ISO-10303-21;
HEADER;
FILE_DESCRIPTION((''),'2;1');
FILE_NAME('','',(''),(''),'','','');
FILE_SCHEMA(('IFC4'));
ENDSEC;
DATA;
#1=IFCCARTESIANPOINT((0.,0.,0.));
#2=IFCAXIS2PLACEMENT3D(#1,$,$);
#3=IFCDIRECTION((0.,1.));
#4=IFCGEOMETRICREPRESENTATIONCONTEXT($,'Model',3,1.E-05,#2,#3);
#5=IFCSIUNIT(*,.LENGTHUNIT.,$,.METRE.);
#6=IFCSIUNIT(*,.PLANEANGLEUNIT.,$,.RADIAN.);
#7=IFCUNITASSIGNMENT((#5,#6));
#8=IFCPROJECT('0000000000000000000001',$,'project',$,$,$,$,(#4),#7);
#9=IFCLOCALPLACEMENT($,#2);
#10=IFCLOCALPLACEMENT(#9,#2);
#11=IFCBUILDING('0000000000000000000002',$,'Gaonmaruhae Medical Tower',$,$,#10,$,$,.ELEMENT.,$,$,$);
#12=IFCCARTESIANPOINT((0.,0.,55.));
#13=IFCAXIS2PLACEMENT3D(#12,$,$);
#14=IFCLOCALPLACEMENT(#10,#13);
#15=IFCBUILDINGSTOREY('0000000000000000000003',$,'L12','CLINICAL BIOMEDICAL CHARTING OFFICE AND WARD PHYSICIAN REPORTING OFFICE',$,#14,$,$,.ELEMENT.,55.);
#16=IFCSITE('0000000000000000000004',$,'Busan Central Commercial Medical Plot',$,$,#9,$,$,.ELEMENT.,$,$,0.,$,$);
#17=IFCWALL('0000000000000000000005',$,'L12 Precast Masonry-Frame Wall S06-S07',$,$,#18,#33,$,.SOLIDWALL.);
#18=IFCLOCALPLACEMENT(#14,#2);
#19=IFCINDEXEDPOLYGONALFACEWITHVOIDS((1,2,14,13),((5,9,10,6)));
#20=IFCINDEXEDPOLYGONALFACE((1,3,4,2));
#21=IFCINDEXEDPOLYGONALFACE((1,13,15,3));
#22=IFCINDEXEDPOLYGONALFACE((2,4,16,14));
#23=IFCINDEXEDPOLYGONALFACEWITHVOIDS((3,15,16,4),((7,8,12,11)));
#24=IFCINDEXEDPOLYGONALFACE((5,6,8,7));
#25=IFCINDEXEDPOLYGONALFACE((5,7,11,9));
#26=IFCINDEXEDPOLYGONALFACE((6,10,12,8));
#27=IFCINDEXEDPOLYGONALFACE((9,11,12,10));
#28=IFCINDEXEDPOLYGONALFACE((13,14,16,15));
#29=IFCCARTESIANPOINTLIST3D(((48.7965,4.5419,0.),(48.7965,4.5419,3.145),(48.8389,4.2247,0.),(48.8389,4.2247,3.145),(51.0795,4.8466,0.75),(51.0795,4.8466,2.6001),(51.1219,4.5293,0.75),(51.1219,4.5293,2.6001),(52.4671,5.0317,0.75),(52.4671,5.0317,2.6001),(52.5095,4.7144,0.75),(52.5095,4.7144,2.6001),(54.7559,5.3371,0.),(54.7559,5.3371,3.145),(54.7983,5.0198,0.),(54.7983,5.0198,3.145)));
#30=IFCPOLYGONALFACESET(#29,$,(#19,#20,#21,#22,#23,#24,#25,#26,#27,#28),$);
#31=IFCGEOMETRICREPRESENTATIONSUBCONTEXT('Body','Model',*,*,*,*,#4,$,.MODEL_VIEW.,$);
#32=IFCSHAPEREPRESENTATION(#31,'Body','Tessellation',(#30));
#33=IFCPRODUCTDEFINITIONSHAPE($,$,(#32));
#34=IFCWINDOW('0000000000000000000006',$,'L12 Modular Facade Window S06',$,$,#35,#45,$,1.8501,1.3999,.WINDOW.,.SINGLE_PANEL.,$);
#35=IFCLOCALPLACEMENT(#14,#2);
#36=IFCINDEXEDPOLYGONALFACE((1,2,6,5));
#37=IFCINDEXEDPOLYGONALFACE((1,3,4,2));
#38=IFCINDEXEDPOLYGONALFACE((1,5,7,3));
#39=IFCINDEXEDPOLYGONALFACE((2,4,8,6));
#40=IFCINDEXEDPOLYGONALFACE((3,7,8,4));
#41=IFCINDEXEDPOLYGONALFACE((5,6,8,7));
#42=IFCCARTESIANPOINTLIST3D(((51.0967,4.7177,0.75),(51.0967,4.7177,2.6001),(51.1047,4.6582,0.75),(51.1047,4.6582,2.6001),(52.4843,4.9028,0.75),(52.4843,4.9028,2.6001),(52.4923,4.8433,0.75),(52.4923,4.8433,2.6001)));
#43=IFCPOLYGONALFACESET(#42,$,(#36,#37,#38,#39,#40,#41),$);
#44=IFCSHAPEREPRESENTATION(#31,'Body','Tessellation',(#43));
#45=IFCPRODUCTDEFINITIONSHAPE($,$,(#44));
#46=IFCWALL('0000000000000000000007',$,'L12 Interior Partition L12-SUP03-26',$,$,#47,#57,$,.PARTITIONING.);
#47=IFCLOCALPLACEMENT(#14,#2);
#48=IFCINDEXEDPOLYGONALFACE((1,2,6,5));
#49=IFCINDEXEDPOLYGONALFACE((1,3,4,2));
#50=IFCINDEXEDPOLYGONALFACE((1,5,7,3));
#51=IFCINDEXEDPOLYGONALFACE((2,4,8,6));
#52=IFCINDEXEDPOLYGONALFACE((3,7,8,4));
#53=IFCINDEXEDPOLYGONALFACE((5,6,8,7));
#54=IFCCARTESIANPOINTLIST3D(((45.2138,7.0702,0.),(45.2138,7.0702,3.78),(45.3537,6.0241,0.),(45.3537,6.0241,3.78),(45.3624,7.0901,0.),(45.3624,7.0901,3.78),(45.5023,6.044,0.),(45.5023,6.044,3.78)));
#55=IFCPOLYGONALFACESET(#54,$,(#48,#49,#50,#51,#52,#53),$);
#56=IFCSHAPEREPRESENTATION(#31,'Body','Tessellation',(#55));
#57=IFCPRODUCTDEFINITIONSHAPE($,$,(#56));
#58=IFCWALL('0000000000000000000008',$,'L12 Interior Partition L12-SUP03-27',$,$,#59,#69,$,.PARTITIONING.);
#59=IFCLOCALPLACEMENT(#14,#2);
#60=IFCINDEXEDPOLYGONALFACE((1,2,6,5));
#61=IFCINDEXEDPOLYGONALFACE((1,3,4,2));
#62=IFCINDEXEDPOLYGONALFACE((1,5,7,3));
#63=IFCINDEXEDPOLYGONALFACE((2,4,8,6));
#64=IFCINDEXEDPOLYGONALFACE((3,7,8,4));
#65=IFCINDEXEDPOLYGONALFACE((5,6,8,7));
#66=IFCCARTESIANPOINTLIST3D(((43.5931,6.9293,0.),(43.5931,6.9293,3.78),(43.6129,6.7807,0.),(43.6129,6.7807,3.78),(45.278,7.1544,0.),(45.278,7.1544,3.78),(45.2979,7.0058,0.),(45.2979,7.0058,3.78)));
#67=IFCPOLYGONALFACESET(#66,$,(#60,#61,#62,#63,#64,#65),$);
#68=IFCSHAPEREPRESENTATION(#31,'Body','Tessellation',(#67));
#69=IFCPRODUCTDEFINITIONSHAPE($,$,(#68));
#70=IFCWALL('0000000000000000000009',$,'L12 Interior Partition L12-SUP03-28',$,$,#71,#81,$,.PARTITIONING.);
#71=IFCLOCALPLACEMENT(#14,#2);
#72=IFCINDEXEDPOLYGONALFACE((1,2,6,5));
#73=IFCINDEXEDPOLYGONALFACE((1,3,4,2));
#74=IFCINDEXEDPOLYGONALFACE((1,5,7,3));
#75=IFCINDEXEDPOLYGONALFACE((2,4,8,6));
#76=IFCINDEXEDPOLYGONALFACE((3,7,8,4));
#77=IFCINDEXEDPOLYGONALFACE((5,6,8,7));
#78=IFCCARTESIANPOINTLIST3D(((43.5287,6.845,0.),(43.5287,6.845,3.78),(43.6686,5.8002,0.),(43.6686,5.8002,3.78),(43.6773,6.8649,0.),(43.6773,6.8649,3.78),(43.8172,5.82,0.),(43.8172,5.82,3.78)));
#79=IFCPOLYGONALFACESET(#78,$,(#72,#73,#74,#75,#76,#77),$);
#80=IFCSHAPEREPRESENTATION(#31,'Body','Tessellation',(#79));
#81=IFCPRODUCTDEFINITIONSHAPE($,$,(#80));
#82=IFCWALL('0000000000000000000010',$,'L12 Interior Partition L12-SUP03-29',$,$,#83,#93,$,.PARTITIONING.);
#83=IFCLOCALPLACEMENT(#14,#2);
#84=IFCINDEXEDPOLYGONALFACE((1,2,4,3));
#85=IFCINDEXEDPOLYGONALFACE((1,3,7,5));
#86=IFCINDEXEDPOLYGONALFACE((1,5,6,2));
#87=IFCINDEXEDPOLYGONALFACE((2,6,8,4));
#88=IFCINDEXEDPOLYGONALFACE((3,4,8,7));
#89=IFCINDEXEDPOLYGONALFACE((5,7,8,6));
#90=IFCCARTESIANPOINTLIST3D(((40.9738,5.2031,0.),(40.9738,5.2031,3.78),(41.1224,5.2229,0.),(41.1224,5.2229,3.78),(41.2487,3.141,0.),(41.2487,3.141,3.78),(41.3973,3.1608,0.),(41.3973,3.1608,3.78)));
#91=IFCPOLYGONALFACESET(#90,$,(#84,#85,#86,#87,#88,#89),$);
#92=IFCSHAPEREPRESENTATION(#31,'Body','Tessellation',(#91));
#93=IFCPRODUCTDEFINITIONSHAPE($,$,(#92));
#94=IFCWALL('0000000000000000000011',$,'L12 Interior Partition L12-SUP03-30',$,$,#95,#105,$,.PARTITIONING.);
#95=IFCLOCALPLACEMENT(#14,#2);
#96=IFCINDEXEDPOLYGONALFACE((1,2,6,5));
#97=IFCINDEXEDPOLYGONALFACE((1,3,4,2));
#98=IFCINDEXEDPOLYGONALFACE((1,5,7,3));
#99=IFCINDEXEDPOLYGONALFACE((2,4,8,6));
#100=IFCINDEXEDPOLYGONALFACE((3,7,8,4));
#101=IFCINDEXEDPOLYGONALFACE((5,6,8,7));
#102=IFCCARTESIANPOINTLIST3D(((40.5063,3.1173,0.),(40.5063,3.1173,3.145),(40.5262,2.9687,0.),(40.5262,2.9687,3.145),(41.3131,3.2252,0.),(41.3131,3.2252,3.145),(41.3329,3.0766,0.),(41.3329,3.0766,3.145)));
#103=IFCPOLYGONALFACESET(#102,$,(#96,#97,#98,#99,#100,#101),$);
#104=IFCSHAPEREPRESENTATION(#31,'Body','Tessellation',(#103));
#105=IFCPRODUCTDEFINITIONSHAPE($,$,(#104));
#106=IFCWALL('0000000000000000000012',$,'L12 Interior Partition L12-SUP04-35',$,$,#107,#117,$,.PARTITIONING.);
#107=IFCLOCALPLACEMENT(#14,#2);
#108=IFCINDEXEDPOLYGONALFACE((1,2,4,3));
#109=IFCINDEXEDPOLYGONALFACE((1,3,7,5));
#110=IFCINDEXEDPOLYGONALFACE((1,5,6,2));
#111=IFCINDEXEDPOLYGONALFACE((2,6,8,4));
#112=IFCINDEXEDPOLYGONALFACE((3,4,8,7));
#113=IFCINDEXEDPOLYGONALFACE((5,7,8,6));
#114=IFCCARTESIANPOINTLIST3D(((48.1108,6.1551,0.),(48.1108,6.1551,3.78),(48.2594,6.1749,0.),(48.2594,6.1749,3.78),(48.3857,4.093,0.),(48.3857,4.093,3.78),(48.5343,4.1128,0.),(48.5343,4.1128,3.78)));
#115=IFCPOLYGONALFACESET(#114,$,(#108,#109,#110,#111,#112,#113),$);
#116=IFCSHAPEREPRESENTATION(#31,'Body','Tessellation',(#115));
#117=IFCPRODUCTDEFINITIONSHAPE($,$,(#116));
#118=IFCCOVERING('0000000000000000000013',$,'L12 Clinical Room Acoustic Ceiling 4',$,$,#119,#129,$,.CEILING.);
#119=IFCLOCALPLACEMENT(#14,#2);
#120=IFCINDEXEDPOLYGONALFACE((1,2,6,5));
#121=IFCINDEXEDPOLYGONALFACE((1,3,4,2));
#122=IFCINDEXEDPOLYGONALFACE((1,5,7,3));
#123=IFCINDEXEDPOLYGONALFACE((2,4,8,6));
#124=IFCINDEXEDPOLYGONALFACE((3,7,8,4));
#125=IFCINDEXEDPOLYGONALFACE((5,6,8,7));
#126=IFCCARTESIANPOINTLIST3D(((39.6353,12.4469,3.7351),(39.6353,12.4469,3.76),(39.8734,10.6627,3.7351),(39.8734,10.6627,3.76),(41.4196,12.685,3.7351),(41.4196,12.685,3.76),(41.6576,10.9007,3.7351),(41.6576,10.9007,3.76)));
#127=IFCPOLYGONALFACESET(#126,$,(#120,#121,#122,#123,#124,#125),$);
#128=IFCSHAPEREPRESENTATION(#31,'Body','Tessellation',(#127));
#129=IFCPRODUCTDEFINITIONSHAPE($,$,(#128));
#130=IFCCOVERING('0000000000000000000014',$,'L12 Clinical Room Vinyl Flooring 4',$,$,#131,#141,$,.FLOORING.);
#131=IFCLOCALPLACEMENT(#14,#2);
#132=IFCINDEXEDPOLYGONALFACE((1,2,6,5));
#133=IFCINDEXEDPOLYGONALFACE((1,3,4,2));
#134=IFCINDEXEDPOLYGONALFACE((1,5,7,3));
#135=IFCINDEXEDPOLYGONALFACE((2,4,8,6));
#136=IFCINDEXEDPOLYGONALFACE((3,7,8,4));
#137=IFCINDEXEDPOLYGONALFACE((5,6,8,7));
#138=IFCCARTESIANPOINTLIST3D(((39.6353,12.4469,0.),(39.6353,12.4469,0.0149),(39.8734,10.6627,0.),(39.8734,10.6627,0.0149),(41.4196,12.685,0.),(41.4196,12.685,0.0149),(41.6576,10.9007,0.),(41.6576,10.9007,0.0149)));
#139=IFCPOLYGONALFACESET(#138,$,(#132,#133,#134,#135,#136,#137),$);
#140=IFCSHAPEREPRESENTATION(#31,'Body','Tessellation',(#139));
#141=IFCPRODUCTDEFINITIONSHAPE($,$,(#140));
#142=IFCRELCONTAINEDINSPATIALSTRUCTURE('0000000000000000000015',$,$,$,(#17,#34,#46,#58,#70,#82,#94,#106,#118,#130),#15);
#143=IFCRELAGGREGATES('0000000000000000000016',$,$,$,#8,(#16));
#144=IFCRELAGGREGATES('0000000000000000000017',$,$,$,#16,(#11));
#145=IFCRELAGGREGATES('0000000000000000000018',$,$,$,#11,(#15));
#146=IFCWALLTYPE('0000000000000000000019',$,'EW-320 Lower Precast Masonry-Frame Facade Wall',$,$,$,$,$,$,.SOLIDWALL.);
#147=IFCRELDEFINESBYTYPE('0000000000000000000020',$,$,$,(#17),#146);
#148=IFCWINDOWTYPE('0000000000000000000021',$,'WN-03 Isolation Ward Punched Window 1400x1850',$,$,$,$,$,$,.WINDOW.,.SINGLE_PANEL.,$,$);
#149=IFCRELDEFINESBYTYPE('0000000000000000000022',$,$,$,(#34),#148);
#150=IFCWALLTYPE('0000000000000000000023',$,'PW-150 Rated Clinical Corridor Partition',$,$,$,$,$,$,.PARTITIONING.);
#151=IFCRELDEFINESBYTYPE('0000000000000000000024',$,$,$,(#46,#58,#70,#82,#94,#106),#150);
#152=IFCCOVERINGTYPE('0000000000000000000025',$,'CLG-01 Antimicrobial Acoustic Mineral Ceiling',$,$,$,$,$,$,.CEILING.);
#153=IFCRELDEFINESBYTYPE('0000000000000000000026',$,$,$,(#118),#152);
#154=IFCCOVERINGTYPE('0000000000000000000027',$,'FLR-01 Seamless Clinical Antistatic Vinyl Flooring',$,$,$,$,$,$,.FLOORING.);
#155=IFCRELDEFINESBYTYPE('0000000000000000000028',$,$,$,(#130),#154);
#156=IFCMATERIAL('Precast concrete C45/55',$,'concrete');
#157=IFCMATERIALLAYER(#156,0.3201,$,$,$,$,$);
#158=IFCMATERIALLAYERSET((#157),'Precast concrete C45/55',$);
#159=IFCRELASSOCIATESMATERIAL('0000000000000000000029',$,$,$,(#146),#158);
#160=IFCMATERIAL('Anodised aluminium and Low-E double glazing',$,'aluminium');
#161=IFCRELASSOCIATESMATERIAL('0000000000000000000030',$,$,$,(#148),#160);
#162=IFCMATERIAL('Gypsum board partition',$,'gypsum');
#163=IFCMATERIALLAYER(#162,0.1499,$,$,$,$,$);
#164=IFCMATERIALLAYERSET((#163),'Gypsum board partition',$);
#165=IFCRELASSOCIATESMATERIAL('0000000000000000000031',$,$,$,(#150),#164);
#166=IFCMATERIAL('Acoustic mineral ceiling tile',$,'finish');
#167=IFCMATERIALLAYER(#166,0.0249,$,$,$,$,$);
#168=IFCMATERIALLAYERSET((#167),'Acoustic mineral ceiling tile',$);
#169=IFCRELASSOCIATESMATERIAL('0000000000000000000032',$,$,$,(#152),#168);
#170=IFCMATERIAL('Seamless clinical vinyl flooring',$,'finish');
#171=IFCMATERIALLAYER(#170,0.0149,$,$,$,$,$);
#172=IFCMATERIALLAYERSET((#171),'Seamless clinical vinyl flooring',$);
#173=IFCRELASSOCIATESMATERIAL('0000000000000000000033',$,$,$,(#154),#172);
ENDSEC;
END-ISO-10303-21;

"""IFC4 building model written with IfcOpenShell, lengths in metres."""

from ifc_helpers import new_model, si_unit, direction, frame, frame_2d, origin, origin_2d, place, context, subcontext, project, spatial, rectangle, extrude, material, layer, layer_set, type_object, element, fill, save


model = new_model("IFC4")

# Units and contexts
model_context = context("Model", 3, precision=1e-05, world=origin(), true_north=direction((0.0, 1.0)))
body_context = subcontext(model_context, "Body", "Model", "MODEL_VIEW")
ifc_project = project(units=[si_unit("LENGTHUNIT", "METRE"), si_unit("PLANEANGLEUNIT", "RADIAN")], contexts=[model_context])

# Site, building, storey
site_placement = place(None, origin())
site = spatial("IfcSite", under=ifc_project, at=site_placement, Name="Busan Central Commercial Medical Plot", CompositionType="ELEMENT", RefElevation=0.0)
building_placement = place(site_placement, origin())
building = spatial("IfcBuilding", under=site, at=building_placement, Name="Gaonmaruhae Medical Tower", CompositionType="ELEMENT")
storey_placement = place(building_placement, frame((0.0, 0.0, 55.0)))
storey = spatial("IfcBuildingStorey", under=building, at=storey_placement, Name="L12", Description="CLINICAL BIOMEDICAL CHARTING OFFICE AND WARD PHYSICIAN REPORTING OFFICE", CompositionType="ELEMENT", Elevation=55.0)

# Shared definitions
ifc_material_1 = material(Name="Precast concrete C45/55", Category="concrete")

# Wall, opening, window
ifc_layer_1 = layer(ifc_material_1, 0.3201)
ifc_layer_set_1 = layer_set([ifc_layer_1], Name="Precast concrete C45/55")
wall_type_1 = type_object("IfcWallType", Name="EW-320 Lower Precast Masonry-Frame Facade Wall", PredefinedType="SOLIDWALL", material=ifc_layer_set_1)
wall_1_placement = place(storey_placement, frame((54.7771, 5.1785, 0.0), z_axis=(0.0, 0.0, 1.0), x_axis=(-0.991215, -0.132257, 0.0)))
wall_1 = element("IfcWall", 1, at=wall_1_placement, inside=storey, type_object=wall_type_1, Name="L12 Precast Masonry-Frame Wall S06-S07", PredefinedType="SOLIDWALL", context=body_context, shape_type="SweptSolid", body=[
    extrude(rectangle(XDim=6.0122, YDim=0.3201, at=frame_2d((3.0061, 0.0))), origin(), (0.0, 0.0, 1.0), 3.145),
])
opening_1_placement = place(wall_1_placement, frame((2.3091, 0.0, 0.75)))
opening_1 = element("IfcOpeningElement", 2, at=opening_1_placement, cuts=wall_1, PredefinedType="OPENING", context=body_context, shape_type="SweptSolid", body=[
    extrude(rectangle(XDim=1.3999, YDim=1.8501, at=frame_2d((0.7, 0.925))), frame((0.0, 0.1699, 0.0), z_axis=(0.0, -1.0, 0.0), x_axis=(1.0, 0.0, 0.0)), (0.0, 0.0, 1.0), 0.3401),
])
ifc_material_2 = material(Name="Anodised aluminium and Low-E double glazing", Category="aluminium")
window_type = type_object("IfcWindowType", Name="WN-03 Isolation Ward Punched Window 1400x1850", PartitioningType="SINGLE_PANEL", PredefinedType="WINDOW", material=ifc_material_2)
window_placement = place(opening_1_placement, origin())
window = element("IfcWindow", 3, at=window_placement, inside=storey, type_object=window_type, Name="L12 Modular Facade Window S06", OverallHeight=1.8501, OverallWidth=1.3999, PartitioningType="SINGLE_PANEL", PredefinedType="WINDOW", context=body_context, shape_type="SweptSolid", body=[
    extrude(rectangle(XDim=1.3999, YDim=1.8501, at=frame_2d((0.7, 0.925))), frame((0.0, 0.03, 0.0), z_axis=(0.0, -1.0, 0.0), x_axis=(1.0, 0.0, 0.0)), (0.0, 0.0, 1.0), 0.0601),
])
fill(opening_1, window)

# Walls
ifc_material_3 = material(Name="Gypsum board partition", Category="gypsum")
ifc_layer_2 = layer(ifc_material_3, 0.1499)
ifc_layer_set_2 = layer_set([ifc_layer_2], Name="Gypsum board partition")
wall_type_2 = type_object("IfcWallType", Name="PW-150 Rated Clinical Corridor Partition", PredefinedType="PARTITIONING", material=ifc_layer_set_2)
wall_2_placement = place(storey_placement, frame((45.428, 6.0339, 0.0), z_axis=(0.0, 0.0, 1.0), x_axis=(-0.132542, 0.991177, 0.0)))
element("IfcWall", 4, at=wall_2_placement, inside=storey, type_object=wall_type_2, Name="L12 Interior Partition L12-SUP03-26", PredefinedType="PARTITIONING", context=body_context, shape_type="SweptSolid", body=[
    extrude(rectangle(XDim=1.0554, YDim=0.1499, at=frame_2d((0.5278, 0.0))), origin(), (0.0, 0.0, 1.0), 3.78),
])
wall_3_placement = place(storey_placement, frame((45.2881, 7.0801, 0.0), z_axis=(0.0, 0.0, 1.0), x_axis=(-0.991195, -0.132408, 0.0)))
element("IfcWall", 5, at=wall_3_placement, inside=storey, type_object=wall_type_2, Name="L12 Interior Partition L12-SUP03-27", PredefinedType="PARTITIONING", context=body_context, shape_type="SweptSolid", body=[
    extrude(rectangle(XDim=1.7, YDim=0.1499, at=frame_2d((0.8501, 0.0))), origin(), (0.0, 0.0, 1.0), 3.78),
])
wall_4_placement = place(storey_placement, frame((43.603, 6.855, 0.0), z_axis=(0.0, 0.0, 1.0), x_axis=(0.132695, -0.991157, 0.0)))
element("IfcWall", 6, at=wall_4_placement, inside=storey, type_object=wall_type_2, Name="L12 Interior Partition L12-SUP03-28", PredefinedType="PARTITIONING", context=body_context, shape_type="SweptSolid", body=[
    extrude(rectangle(XDim=1.0542, YDim=0.1499, at=frame_2d((0.5271, 0.0))), origin(), (0.0, 0.0, 1.0), 3.78),
])
wall_5_placement = place(storey_placement, frame((41.0481, 5.2129, 0.0), z_axis=(0.0, 0.0, 1.0), x_axis=(0.132148, -0.99123, 0.0)))
element("IfcWall", 7, at=wall_5_placement, inside=storey, type_object=wall_type_2, Name="L12 Interior Partition L12-SUP03-29", PredefinedType="PARTITIONING", context=body_context, shape_type="SweptSolid", body=[
    extrude(rectangle(XDim=2.0803, YDim=0.1499, at=frame_2d((1.04, 0.0))), origin(), (0.0, 0.0, 1.0), 3.78),
])
wall_6_placement = place(storey_placement, frame((41.323, 3.1509, 0.0), z_axis=(0.0, 0.0, 1.0), x_axis=(-0.991175, -0.132557, 0.0)))
element("IfcWall", 8, at=wall_6_placement, inside=storey, type_object=wall_type_2, Name="L12 Interior Partition L12-SUP03-30", PredefinedType="PARTITIONING", context=body_context, shape_type="SweptSolid", body=[
    extrude(rectangle(XDim=0.814, YDim=0.1499, at=frame_2d((0.407, 0.0))), origin(), (0.0, 0.0, 1.0), 3.145),
])
wall_7_placement = place(storey_placement, frame((48.46, 4.103, 0.0), z_axis=(0.0, 0.0, 1.0), x_axis=(-0.132148, 0.99123, 0.0)))
element("IfcWall", 9, at=wall_7_placement, inside=storey, type_object=wall_type_2, Name="L12 Interior Partition L12-SUP04-35", PredefinedType="PARTITIONING", context=body_context, shape_type="SweptSolid", body=[
    extrude(rectangle(XDim=2.0803, YDim=0.1499, at=frame_2d((1.04, 0.0))), origin(), (0.0, 0.0, 1.0), 3.78),
])

# Coverings
ifc_material_4 = material(Name="Acoustic mineral ceiling tile", Category="finish")
ifc_layer_3 = layer(ifc_material_4, 0.0249)
ifc_layer_set_3 = layer_set([ifc_layer_3], Name="Acoustic mineral ceiling tile")
covering_type_1 = type_object("IfcCoveringType", Name="CLG-01 Antimicrobial Acoustic Mineral Ceiling", PredefinedType="CEILING", material=ifc_layer_set_3)
covering_1_placement = place(storey_placement, frame((40.6465, 11.6738, 3.7351), z_axis=(0.0, 0.0, 1.0), x_axis=(0.991216, 0.132256, 0.0)))
element("IfcCovering", 10, at=covering_1_placement, inside=storey, type_object=covering_type_1, Name="L12 Clinical Room Acoustic Ceiling 4", PredefinedType="CEILING", context=body_context, shape_type="SweptSolid", body=[
    extrude(rectangle(XDim=1.8, YDim=1.8, at=origin_2d()), origin(), (0.0, 0.0, 1.0), 0.0249),
])
ifc_material_5 = material(Name="Seamless clinical vinyl flooring", Category="finish")
ifc_layer_4 = layer(ifc_material_5, 0.0149)
ifc_layer_set_4 = layer_set([ifc_layer_4], Name="Seamless clinical vinyl flooring")
covering_type_2 = type_object("IfcCoveringType", Name="FLR-01 Seamless Clinical Antistatic Vinyl Flooring", PredefinedType="FLOORING", material=ifc_layer_set_4)
covering_2_placement = place(storey_placement, frame((40.6465, 11.6738, 0.0), z_axis=(0.0, 0.0, 1.0), x_axis=(0.991216, 0.132256, 0.0)))
element("IfcCovering", 11, at=covering_2_placement, inside=storey, type_object=covering_type_2, Name="L12 Clinical Room Vinyl Flooring 4", PredefinedType="FLOORING", context=body_context, shape_type="SweptSolid", body=[
    extrude(rectangle(XDim=1.8, YDim=1.8, at=origin_2d()), origin(), (0.0, 0.0, 1.0), 0.0149),
])

save(model, "model.ifc")
